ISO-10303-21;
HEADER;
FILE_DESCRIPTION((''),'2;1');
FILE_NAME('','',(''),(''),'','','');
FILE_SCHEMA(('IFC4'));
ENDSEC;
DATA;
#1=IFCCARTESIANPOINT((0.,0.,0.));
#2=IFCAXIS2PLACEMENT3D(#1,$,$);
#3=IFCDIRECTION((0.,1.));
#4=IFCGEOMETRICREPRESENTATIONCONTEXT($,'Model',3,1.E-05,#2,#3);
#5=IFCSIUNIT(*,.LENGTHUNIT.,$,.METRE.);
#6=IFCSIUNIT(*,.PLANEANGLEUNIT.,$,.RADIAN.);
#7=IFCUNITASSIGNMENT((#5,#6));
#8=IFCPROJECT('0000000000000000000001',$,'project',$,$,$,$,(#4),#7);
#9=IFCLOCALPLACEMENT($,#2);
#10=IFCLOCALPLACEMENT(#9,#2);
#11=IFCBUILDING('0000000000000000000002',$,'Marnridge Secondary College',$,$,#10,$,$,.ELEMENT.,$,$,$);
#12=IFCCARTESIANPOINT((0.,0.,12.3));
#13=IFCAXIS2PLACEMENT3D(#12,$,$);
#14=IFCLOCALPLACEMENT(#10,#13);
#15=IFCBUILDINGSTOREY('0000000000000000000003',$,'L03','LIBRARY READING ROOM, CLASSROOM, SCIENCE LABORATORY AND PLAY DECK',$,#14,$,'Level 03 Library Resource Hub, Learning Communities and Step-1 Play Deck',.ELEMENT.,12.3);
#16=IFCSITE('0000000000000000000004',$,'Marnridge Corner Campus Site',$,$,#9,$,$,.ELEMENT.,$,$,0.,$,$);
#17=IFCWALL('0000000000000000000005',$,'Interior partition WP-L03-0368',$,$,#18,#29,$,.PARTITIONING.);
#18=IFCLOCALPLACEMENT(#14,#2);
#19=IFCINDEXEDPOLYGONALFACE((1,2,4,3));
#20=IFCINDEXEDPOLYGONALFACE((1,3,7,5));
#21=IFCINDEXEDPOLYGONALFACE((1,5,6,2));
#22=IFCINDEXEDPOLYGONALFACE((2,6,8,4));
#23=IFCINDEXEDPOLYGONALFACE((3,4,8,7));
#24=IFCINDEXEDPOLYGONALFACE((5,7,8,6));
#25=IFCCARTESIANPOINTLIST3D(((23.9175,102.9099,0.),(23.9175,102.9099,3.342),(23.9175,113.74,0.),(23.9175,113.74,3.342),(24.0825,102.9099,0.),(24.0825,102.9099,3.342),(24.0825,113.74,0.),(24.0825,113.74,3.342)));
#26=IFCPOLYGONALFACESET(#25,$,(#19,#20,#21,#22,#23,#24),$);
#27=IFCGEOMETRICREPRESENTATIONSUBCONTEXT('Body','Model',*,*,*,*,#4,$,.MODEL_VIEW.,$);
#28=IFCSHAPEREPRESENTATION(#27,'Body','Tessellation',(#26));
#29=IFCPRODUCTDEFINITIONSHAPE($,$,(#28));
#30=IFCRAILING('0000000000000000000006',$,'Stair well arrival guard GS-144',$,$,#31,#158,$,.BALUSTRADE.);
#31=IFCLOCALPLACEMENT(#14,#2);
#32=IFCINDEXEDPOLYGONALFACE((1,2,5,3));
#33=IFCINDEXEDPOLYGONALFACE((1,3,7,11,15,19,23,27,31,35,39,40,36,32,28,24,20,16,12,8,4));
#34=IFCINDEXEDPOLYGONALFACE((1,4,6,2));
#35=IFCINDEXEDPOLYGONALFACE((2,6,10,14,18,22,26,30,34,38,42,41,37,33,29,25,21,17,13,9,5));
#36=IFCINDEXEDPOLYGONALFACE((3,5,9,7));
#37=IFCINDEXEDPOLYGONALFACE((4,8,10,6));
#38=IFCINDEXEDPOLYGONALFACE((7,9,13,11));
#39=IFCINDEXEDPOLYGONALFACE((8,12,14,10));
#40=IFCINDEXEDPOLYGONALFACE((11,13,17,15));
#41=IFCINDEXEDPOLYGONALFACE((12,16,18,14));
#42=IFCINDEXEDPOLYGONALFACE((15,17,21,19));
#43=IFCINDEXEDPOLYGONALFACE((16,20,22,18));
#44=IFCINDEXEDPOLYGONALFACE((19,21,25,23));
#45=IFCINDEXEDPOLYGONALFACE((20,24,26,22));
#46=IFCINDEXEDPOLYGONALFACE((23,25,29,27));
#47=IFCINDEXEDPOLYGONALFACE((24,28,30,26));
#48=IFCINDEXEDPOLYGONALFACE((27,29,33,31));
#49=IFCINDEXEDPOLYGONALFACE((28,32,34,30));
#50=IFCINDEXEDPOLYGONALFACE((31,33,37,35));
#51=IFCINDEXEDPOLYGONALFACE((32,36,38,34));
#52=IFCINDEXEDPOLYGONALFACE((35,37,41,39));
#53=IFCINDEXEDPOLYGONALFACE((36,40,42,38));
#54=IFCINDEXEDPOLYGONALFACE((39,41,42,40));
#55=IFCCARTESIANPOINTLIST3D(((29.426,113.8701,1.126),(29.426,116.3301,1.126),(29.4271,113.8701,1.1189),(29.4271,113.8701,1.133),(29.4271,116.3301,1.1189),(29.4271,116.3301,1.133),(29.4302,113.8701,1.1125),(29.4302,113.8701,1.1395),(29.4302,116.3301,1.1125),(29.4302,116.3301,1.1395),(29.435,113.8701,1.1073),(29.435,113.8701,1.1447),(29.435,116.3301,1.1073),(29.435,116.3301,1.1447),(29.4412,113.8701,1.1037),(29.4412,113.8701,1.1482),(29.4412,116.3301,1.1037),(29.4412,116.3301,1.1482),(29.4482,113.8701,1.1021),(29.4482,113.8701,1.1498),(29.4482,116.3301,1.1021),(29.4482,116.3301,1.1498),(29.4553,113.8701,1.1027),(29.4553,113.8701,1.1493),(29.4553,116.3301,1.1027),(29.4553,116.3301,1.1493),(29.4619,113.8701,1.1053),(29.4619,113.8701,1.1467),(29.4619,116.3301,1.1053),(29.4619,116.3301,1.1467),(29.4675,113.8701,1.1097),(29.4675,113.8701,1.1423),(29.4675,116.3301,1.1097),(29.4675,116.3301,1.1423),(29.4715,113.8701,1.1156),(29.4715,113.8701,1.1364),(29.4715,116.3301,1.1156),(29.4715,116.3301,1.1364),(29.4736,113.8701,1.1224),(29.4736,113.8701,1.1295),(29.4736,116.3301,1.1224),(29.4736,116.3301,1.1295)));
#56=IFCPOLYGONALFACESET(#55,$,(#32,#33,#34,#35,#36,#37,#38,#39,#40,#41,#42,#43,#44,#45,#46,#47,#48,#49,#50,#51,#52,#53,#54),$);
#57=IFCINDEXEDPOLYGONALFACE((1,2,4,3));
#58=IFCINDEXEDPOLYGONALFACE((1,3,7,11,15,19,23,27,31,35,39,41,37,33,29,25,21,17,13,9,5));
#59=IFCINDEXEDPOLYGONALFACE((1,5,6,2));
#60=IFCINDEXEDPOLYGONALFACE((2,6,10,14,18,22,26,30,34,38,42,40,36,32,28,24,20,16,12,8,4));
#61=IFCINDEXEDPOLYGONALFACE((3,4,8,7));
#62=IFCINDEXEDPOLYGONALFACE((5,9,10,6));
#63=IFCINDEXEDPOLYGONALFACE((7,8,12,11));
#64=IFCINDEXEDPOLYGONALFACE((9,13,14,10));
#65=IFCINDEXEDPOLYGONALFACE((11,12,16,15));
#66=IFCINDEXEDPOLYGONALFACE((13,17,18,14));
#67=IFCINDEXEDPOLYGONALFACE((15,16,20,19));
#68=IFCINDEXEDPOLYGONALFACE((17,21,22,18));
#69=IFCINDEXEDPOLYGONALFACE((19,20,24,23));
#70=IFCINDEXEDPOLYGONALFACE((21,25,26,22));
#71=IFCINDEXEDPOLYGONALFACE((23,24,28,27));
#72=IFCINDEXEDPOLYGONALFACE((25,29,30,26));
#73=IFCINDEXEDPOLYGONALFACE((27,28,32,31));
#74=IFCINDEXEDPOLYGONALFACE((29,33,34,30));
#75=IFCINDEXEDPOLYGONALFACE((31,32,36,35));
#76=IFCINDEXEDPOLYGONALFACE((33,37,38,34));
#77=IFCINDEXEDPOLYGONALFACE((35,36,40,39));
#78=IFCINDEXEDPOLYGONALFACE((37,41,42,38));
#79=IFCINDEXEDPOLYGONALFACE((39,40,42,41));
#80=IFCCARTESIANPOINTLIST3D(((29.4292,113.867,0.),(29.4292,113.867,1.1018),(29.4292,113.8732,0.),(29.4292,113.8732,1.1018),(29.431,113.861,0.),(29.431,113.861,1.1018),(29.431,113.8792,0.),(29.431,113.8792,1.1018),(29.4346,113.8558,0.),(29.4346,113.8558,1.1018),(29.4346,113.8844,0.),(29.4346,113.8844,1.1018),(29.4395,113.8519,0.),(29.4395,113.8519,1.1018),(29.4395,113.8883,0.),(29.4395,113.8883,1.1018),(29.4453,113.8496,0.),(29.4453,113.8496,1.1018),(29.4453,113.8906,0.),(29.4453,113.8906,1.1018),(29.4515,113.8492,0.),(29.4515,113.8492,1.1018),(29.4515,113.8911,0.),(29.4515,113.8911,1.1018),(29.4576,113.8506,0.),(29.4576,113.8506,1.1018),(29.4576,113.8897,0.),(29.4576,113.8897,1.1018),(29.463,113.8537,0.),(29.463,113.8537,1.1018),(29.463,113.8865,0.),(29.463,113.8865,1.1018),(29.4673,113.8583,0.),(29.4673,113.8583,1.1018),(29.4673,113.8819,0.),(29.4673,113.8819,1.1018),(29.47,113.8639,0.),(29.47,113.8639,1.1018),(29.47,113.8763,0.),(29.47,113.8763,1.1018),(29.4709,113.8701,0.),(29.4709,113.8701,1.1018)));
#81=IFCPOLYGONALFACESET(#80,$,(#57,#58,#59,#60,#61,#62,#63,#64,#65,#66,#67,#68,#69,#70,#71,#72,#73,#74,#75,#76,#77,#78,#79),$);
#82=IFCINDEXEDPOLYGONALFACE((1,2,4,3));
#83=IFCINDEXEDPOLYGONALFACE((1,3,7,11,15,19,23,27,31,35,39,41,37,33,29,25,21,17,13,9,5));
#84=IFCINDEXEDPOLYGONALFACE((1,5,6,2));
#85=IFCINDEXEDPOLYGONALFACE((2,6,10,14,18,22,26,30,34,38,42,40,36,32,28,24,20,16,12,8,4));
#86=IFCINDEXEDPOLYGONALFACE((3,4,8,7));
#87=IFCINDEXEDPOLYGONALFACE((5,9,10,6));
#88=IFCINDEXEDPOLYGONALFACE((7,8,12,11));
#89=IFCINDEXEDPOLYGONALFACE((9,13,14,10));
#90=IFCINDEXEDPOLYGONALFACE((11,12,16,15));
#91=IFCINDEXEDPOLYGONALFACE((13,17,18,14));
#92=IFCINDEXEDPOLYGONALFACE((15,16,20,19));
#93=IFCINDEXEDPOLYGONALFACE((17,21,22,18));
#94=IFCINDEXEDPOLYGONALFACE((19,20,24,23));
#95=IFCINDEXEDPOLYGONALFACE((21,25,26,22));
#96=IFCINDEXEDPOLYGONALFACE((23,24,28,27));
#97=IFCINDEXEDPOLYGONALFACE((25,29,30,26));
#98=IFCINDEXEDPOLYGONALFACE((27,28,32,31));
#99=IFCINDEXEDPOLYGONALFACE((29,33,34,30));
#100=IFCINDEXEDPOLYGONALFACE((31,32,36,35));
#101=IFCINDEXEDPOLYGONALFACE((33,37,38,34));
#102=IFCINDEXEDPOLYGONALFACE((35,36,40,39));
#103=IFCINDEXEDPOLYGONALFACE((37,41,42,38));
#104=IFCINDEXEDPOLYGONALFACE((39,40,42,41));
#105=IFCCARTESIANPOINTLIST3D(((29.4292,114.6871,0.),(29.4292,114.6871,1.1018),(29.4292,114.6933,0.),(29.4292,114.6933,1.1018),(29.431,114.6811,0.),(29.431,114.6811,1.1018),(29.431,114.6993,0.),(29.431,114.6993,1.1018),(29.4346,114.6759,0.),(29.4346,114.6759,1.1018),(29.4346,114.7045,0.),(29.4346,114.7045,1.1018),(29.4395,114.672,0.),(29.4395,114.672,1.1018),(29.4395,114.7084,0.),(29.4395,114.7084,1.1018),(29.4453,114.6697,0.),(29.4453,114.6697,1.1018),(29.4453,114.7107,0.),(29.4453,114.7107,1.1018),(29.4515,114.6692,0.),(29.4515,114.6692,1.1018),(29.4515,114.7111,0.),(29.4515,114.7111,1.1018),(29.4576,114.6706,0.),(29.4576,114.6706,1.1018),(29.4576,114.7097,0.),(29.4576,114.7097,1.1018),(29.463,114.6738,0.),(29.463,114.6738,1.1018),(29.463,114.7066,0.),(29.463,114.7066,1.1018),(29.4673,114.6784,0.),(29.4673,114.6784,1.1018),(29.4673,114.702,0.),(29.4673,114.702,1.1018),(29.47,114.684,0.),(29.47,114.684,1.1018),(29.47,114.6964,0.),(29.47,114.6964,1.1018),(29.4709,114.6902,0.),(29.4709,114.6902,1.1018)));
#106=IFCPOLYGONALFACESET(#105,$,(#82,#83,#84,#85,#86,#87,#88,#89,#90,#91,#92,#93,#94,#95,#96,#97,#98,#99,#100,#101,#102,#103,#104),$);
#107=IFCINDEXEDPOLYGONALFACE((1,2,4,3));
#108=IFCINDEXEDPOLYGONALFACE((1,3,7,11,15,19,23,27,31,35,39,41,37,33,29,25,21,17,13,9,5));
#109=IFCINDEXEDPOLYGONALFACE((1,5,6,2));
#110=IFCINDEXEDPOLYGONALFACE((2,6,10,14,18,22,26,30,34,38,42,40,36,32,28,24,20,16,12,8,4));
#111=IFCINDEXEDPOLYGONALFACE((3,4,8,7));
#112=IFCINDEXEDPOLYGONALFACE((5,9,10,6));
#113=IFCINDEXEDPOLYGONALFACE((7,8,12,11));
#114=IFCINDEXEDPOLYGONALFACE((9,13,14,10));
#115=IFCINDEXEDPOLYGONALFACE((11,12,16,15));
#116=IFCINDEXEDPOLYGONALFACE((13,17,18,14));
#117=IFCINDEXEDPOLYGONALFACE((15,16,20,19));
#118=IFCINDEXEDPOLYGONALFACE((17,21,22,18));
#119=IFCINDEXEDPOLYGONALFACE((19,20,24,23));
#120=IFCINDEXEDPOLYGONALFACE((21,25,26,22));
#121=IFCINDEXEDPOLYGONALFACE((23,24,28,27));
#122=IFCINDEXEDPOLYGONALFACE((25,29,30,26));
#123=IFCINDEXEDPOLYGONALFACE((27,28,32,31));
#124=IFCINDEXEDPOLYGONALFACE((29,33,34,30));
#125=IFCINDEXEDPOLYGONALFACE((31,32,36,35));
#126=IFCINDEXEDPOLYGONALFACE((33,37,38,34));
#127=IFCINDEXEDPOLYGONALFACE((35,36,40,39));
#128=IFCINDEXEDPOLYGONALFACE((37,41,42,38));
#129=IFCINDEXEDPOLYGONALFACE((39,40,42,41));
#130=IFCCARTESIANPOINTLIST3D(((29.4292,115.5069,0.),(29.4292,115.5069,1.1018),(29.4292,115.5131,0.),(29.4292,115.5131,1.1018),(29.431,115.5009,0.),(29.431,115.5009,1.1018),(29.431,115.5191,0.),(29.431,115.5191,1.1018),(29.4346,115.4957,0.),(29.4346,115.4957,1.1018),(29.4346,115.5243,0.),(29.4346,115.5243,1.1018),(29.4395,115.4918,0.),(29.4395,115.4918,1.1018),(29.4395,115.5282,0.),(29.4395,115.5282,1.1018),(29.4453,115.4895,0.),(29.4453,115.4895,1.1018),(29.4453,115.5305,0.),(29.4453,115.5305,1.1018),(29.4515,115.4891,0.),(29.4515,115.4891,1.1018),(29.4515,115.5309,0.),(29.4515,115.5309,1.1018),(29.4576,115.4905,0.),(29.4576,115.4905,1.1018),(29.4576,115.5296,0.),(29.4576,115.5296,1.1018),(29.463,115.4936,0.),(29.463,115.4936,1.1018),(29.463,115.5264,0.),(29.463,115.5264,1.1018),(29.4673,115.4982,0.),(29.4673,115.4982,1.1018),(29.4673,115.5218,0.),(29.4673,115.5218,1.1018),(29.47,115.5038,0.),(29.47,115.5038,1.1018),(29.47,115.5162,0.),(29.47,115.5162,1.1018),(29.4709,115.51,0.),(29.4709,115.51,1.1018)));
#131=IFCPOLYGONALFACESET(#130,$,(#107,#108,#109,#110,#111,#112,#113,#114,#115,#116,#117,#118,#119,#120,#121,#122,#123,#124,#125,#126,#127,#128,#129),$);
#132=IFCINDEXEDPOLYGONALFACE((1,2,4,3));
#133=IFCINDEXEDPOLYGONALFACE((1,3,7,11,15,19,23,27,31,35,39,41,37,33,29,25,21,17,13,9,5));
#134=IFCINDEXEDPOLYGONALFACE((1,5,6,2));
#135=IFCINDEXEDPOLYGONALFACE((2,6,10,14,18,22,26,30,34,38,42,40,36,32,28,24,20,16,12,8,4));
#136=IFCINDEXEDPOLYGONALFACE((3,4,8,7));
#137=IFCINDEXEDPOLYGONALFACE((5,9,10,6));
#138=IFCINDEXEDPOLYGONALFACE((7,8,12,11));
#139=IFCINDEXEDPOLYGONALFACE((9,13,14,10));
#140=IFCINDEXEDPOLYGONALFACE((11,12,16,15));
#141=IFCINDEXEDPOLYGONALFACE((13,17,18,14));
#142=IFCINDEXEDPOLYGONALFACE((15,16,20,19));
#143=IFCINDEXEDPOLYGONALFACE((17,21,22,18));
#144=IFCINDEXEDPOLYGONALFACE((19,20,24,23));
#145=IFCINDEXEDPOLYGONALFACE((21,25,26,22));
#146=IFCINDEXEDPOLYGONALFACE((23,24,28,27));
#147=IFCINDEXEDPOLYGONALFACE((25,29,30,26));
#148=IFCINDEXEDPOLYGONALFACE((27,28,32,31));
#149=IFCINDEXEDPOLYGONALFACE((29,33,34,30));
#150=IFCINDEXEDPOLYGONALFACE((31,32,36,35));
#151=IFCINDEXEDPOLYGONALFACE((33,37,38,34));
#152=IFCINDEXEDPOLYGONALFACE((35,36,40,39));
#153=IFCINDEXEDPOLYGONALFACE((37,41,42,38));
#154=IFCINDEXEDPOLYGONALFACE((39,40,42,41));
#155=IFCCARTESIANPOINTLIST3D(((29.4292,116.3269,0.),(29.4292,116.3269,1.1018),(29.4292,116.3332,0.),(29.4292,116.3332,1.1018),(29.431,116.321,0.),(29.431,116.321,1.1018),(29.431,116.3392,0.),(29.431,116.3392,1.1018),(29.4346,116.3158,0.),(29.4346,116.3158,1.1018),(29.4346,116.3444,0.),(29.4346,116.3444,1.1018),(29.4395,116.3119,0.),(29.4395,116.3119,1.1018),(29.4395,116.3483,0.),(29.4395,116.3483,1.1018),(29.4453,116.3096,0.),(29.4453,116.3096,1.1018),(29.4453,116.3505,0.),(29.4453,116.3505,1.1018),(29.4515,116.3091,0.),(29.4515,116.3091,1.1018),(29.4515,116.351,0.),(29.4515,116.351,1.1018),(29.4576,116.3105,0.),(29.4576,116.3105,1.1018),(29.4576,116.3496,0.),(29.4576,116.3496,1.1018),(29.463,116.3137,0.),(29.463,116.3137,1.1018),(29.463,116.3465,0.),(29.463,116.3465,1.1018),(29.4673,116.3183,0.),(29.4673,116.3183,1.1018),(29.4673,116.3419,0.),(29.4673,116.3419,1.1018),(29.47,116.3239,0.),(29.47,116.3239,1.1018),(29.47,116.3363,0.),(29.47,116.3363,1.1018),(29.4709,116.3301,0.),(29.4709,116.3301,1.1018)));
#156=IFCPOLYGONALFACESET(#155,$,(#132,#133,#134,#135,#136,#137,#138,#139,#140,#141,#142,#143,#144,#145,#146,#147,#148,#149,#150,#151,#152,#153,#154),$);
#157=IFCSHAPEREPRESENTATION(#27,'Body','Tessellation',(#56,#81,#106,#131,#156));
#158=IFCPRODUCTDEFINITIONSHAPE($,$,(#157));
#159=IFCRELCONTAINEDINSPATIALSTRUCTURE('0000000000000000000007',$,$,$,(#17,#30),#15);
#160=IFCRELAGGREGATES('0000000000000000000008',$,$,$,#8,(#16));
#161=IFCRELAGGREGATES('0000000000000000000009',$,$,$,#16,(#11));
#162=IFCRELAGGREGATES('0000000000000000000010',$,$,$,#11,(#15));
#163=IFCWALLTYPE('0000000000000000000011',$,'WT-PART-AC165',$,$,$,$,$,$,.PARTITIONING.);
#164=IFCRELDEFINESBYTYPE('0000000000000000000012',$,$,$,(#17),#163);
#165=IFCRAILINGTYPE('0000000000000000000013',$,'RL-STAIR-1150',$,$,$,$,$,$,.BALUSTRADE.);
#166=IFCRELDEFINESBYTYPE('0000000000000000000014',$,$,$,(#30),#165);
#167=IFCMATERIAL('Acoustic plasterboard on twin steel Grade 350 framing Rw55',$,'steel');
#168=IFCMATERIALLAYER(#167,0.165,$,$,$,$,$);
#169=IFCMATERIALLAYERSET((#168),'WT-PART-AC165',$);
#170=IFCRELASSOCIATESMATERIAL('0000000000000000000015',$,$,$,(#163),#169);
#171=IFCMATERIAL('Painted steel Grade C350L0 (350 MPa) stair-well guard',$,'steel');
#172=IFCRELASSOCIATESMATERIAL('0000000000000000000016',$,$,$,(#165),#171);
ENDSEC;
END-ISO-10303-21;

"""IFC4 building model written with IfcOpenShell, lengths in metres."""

from ifc_helpers import new_model, si_unit, direction, frame, frame_2d, origin, origin_2d, place, context, subcontext, project, spatial, rectangle, circle, extrude, material, layer, layer_set, type_object, element, save


model = new_model("IFC4")

# Units and contexts
model_context = context("Model", 3, precision=1e-05, world=origin(), true_north=direction((0.0, 1.0)))
body_context = subcontext(model_context, "Body", "Model", "MODEL_VIEW")
ifc_project = project(units=[si_unit("LENGTHUNIT", "METRE"), si_unit("PLANEANGLEUNIT", "RADIAN")], contexts=[model_context])

# Site, building, storey
site_placement = place(None, origin())
site = spatial("IfcSite", under=ifc_project, at=site_placement, Name="Marnridge Corner Campus Site", CompositionType="ELEMENT", RefElevation=0.0)
building_placement = place(site_placement, origin())
building = spatial("IfcBuilding", under=site, at=building_placement, Name="Marnridge Secondary College", CompositionType="ELEMENT")
storey_placement = place(building_placement, frame((0.0, 0.0, 12.3)))
storey = spatial("IfcBuildingStorey", under=building, at=storey_placement, Name="L03", Description="LIBRARY READING ROOM, CLASSROOM, SCIENCE LABORATORY AND PLAY DECK", LongName="Level 03 Library Resource Hub, Learning Communities and Step-1 Play Deck", CompositionType="ELEMENT", Elevation=12.3)

# Wall
ifc_material_1 = material(Name="Acoustic plasterboard on twin steel Grade 350 framing Rw55", Category="steel")
ifc_layer_1 = layer(ifc_material_1, 0.165)
ifc_layer_set_1 = layer_set([ifc_layer_1], Name="WT-PART-AC165")
wall_type_1 = type_object("IfcWallType", Name="WT-PART-AC165", PredefinedType="PARTITIONING", material=ifc_layer_set_1)
wall_1_placement = place(storey_placement, frame((24.0, 113.74, 0.0), z_axis=(0.0, 0.0, 1.0), x_axis=(0.0, -1.0, 0.0)))
element("IfcWall", 1, at=wall_1_placement, inside=storey, type_object=wall_type_1, Name="Interior partition WP-L03-0368", PredefinedType="PARTITIONING", context=body_context, shape_type="SweptSolid", body=[
    extrude(rectangle(XDim=10.8301, YDim=0.165, at=frame_2d((5.415, 0.0))), origin(), (0.0, 0.0, 1.0), 3.342),
])

# Railing
ifc_material_2 = material(Name="Painted steel Grade C350L0 (350 MPa) stair-well guard", Category="steel")
railing_type = type_object("IfcRailingType", Name="RL-STAIR-1150", PredefinedType="BALUSTRADE", material=ifc_material_2)
railing_placement = place(storey_placement, frame((29.45, 113.8701, 0.0)))
element("IfcRailing", 2, at=railing_placement, inside=storey, type_object=railing_type, Name="Stair well arrival guard GS-144", PredefinedType="BALUSTRADE", context=body_context, shape_type="SweptSolid", body=[
    extrude(circle(Radius=0.0239, at=origin_2d()), frame((0.0, 0.0, 1.126), z_axis=(0.0, 1.0, 0.0), x_axis=(-1.0, 0.0, 0.0)), (0.0, 0.0, 1.0), 2.46),
    extrude(circle(Radius=0.021, at=origin_2d()), origin(), (0.0, 0.0, 1.0), 1.1018),
    extrude(circle(Radius=0.021, at=origin_2d()), frame((0.0, 0.8201, 0.0)), (0.0, 0.0, 1.0), 1.1018),
    extrude(circle(Radius=0.021, at=origin_2d()), frame((0.0, 1.6399, 0.0)), (0.0, 0.0, 1.0), 1.1018),
    extrude(circle(Radius=0.021, at=origin_2d()), frame((0.0, 2.46, 0.0)), (0.0, 0.0, 1.0), 1.1018),
])

save(model, "model.ifc")
